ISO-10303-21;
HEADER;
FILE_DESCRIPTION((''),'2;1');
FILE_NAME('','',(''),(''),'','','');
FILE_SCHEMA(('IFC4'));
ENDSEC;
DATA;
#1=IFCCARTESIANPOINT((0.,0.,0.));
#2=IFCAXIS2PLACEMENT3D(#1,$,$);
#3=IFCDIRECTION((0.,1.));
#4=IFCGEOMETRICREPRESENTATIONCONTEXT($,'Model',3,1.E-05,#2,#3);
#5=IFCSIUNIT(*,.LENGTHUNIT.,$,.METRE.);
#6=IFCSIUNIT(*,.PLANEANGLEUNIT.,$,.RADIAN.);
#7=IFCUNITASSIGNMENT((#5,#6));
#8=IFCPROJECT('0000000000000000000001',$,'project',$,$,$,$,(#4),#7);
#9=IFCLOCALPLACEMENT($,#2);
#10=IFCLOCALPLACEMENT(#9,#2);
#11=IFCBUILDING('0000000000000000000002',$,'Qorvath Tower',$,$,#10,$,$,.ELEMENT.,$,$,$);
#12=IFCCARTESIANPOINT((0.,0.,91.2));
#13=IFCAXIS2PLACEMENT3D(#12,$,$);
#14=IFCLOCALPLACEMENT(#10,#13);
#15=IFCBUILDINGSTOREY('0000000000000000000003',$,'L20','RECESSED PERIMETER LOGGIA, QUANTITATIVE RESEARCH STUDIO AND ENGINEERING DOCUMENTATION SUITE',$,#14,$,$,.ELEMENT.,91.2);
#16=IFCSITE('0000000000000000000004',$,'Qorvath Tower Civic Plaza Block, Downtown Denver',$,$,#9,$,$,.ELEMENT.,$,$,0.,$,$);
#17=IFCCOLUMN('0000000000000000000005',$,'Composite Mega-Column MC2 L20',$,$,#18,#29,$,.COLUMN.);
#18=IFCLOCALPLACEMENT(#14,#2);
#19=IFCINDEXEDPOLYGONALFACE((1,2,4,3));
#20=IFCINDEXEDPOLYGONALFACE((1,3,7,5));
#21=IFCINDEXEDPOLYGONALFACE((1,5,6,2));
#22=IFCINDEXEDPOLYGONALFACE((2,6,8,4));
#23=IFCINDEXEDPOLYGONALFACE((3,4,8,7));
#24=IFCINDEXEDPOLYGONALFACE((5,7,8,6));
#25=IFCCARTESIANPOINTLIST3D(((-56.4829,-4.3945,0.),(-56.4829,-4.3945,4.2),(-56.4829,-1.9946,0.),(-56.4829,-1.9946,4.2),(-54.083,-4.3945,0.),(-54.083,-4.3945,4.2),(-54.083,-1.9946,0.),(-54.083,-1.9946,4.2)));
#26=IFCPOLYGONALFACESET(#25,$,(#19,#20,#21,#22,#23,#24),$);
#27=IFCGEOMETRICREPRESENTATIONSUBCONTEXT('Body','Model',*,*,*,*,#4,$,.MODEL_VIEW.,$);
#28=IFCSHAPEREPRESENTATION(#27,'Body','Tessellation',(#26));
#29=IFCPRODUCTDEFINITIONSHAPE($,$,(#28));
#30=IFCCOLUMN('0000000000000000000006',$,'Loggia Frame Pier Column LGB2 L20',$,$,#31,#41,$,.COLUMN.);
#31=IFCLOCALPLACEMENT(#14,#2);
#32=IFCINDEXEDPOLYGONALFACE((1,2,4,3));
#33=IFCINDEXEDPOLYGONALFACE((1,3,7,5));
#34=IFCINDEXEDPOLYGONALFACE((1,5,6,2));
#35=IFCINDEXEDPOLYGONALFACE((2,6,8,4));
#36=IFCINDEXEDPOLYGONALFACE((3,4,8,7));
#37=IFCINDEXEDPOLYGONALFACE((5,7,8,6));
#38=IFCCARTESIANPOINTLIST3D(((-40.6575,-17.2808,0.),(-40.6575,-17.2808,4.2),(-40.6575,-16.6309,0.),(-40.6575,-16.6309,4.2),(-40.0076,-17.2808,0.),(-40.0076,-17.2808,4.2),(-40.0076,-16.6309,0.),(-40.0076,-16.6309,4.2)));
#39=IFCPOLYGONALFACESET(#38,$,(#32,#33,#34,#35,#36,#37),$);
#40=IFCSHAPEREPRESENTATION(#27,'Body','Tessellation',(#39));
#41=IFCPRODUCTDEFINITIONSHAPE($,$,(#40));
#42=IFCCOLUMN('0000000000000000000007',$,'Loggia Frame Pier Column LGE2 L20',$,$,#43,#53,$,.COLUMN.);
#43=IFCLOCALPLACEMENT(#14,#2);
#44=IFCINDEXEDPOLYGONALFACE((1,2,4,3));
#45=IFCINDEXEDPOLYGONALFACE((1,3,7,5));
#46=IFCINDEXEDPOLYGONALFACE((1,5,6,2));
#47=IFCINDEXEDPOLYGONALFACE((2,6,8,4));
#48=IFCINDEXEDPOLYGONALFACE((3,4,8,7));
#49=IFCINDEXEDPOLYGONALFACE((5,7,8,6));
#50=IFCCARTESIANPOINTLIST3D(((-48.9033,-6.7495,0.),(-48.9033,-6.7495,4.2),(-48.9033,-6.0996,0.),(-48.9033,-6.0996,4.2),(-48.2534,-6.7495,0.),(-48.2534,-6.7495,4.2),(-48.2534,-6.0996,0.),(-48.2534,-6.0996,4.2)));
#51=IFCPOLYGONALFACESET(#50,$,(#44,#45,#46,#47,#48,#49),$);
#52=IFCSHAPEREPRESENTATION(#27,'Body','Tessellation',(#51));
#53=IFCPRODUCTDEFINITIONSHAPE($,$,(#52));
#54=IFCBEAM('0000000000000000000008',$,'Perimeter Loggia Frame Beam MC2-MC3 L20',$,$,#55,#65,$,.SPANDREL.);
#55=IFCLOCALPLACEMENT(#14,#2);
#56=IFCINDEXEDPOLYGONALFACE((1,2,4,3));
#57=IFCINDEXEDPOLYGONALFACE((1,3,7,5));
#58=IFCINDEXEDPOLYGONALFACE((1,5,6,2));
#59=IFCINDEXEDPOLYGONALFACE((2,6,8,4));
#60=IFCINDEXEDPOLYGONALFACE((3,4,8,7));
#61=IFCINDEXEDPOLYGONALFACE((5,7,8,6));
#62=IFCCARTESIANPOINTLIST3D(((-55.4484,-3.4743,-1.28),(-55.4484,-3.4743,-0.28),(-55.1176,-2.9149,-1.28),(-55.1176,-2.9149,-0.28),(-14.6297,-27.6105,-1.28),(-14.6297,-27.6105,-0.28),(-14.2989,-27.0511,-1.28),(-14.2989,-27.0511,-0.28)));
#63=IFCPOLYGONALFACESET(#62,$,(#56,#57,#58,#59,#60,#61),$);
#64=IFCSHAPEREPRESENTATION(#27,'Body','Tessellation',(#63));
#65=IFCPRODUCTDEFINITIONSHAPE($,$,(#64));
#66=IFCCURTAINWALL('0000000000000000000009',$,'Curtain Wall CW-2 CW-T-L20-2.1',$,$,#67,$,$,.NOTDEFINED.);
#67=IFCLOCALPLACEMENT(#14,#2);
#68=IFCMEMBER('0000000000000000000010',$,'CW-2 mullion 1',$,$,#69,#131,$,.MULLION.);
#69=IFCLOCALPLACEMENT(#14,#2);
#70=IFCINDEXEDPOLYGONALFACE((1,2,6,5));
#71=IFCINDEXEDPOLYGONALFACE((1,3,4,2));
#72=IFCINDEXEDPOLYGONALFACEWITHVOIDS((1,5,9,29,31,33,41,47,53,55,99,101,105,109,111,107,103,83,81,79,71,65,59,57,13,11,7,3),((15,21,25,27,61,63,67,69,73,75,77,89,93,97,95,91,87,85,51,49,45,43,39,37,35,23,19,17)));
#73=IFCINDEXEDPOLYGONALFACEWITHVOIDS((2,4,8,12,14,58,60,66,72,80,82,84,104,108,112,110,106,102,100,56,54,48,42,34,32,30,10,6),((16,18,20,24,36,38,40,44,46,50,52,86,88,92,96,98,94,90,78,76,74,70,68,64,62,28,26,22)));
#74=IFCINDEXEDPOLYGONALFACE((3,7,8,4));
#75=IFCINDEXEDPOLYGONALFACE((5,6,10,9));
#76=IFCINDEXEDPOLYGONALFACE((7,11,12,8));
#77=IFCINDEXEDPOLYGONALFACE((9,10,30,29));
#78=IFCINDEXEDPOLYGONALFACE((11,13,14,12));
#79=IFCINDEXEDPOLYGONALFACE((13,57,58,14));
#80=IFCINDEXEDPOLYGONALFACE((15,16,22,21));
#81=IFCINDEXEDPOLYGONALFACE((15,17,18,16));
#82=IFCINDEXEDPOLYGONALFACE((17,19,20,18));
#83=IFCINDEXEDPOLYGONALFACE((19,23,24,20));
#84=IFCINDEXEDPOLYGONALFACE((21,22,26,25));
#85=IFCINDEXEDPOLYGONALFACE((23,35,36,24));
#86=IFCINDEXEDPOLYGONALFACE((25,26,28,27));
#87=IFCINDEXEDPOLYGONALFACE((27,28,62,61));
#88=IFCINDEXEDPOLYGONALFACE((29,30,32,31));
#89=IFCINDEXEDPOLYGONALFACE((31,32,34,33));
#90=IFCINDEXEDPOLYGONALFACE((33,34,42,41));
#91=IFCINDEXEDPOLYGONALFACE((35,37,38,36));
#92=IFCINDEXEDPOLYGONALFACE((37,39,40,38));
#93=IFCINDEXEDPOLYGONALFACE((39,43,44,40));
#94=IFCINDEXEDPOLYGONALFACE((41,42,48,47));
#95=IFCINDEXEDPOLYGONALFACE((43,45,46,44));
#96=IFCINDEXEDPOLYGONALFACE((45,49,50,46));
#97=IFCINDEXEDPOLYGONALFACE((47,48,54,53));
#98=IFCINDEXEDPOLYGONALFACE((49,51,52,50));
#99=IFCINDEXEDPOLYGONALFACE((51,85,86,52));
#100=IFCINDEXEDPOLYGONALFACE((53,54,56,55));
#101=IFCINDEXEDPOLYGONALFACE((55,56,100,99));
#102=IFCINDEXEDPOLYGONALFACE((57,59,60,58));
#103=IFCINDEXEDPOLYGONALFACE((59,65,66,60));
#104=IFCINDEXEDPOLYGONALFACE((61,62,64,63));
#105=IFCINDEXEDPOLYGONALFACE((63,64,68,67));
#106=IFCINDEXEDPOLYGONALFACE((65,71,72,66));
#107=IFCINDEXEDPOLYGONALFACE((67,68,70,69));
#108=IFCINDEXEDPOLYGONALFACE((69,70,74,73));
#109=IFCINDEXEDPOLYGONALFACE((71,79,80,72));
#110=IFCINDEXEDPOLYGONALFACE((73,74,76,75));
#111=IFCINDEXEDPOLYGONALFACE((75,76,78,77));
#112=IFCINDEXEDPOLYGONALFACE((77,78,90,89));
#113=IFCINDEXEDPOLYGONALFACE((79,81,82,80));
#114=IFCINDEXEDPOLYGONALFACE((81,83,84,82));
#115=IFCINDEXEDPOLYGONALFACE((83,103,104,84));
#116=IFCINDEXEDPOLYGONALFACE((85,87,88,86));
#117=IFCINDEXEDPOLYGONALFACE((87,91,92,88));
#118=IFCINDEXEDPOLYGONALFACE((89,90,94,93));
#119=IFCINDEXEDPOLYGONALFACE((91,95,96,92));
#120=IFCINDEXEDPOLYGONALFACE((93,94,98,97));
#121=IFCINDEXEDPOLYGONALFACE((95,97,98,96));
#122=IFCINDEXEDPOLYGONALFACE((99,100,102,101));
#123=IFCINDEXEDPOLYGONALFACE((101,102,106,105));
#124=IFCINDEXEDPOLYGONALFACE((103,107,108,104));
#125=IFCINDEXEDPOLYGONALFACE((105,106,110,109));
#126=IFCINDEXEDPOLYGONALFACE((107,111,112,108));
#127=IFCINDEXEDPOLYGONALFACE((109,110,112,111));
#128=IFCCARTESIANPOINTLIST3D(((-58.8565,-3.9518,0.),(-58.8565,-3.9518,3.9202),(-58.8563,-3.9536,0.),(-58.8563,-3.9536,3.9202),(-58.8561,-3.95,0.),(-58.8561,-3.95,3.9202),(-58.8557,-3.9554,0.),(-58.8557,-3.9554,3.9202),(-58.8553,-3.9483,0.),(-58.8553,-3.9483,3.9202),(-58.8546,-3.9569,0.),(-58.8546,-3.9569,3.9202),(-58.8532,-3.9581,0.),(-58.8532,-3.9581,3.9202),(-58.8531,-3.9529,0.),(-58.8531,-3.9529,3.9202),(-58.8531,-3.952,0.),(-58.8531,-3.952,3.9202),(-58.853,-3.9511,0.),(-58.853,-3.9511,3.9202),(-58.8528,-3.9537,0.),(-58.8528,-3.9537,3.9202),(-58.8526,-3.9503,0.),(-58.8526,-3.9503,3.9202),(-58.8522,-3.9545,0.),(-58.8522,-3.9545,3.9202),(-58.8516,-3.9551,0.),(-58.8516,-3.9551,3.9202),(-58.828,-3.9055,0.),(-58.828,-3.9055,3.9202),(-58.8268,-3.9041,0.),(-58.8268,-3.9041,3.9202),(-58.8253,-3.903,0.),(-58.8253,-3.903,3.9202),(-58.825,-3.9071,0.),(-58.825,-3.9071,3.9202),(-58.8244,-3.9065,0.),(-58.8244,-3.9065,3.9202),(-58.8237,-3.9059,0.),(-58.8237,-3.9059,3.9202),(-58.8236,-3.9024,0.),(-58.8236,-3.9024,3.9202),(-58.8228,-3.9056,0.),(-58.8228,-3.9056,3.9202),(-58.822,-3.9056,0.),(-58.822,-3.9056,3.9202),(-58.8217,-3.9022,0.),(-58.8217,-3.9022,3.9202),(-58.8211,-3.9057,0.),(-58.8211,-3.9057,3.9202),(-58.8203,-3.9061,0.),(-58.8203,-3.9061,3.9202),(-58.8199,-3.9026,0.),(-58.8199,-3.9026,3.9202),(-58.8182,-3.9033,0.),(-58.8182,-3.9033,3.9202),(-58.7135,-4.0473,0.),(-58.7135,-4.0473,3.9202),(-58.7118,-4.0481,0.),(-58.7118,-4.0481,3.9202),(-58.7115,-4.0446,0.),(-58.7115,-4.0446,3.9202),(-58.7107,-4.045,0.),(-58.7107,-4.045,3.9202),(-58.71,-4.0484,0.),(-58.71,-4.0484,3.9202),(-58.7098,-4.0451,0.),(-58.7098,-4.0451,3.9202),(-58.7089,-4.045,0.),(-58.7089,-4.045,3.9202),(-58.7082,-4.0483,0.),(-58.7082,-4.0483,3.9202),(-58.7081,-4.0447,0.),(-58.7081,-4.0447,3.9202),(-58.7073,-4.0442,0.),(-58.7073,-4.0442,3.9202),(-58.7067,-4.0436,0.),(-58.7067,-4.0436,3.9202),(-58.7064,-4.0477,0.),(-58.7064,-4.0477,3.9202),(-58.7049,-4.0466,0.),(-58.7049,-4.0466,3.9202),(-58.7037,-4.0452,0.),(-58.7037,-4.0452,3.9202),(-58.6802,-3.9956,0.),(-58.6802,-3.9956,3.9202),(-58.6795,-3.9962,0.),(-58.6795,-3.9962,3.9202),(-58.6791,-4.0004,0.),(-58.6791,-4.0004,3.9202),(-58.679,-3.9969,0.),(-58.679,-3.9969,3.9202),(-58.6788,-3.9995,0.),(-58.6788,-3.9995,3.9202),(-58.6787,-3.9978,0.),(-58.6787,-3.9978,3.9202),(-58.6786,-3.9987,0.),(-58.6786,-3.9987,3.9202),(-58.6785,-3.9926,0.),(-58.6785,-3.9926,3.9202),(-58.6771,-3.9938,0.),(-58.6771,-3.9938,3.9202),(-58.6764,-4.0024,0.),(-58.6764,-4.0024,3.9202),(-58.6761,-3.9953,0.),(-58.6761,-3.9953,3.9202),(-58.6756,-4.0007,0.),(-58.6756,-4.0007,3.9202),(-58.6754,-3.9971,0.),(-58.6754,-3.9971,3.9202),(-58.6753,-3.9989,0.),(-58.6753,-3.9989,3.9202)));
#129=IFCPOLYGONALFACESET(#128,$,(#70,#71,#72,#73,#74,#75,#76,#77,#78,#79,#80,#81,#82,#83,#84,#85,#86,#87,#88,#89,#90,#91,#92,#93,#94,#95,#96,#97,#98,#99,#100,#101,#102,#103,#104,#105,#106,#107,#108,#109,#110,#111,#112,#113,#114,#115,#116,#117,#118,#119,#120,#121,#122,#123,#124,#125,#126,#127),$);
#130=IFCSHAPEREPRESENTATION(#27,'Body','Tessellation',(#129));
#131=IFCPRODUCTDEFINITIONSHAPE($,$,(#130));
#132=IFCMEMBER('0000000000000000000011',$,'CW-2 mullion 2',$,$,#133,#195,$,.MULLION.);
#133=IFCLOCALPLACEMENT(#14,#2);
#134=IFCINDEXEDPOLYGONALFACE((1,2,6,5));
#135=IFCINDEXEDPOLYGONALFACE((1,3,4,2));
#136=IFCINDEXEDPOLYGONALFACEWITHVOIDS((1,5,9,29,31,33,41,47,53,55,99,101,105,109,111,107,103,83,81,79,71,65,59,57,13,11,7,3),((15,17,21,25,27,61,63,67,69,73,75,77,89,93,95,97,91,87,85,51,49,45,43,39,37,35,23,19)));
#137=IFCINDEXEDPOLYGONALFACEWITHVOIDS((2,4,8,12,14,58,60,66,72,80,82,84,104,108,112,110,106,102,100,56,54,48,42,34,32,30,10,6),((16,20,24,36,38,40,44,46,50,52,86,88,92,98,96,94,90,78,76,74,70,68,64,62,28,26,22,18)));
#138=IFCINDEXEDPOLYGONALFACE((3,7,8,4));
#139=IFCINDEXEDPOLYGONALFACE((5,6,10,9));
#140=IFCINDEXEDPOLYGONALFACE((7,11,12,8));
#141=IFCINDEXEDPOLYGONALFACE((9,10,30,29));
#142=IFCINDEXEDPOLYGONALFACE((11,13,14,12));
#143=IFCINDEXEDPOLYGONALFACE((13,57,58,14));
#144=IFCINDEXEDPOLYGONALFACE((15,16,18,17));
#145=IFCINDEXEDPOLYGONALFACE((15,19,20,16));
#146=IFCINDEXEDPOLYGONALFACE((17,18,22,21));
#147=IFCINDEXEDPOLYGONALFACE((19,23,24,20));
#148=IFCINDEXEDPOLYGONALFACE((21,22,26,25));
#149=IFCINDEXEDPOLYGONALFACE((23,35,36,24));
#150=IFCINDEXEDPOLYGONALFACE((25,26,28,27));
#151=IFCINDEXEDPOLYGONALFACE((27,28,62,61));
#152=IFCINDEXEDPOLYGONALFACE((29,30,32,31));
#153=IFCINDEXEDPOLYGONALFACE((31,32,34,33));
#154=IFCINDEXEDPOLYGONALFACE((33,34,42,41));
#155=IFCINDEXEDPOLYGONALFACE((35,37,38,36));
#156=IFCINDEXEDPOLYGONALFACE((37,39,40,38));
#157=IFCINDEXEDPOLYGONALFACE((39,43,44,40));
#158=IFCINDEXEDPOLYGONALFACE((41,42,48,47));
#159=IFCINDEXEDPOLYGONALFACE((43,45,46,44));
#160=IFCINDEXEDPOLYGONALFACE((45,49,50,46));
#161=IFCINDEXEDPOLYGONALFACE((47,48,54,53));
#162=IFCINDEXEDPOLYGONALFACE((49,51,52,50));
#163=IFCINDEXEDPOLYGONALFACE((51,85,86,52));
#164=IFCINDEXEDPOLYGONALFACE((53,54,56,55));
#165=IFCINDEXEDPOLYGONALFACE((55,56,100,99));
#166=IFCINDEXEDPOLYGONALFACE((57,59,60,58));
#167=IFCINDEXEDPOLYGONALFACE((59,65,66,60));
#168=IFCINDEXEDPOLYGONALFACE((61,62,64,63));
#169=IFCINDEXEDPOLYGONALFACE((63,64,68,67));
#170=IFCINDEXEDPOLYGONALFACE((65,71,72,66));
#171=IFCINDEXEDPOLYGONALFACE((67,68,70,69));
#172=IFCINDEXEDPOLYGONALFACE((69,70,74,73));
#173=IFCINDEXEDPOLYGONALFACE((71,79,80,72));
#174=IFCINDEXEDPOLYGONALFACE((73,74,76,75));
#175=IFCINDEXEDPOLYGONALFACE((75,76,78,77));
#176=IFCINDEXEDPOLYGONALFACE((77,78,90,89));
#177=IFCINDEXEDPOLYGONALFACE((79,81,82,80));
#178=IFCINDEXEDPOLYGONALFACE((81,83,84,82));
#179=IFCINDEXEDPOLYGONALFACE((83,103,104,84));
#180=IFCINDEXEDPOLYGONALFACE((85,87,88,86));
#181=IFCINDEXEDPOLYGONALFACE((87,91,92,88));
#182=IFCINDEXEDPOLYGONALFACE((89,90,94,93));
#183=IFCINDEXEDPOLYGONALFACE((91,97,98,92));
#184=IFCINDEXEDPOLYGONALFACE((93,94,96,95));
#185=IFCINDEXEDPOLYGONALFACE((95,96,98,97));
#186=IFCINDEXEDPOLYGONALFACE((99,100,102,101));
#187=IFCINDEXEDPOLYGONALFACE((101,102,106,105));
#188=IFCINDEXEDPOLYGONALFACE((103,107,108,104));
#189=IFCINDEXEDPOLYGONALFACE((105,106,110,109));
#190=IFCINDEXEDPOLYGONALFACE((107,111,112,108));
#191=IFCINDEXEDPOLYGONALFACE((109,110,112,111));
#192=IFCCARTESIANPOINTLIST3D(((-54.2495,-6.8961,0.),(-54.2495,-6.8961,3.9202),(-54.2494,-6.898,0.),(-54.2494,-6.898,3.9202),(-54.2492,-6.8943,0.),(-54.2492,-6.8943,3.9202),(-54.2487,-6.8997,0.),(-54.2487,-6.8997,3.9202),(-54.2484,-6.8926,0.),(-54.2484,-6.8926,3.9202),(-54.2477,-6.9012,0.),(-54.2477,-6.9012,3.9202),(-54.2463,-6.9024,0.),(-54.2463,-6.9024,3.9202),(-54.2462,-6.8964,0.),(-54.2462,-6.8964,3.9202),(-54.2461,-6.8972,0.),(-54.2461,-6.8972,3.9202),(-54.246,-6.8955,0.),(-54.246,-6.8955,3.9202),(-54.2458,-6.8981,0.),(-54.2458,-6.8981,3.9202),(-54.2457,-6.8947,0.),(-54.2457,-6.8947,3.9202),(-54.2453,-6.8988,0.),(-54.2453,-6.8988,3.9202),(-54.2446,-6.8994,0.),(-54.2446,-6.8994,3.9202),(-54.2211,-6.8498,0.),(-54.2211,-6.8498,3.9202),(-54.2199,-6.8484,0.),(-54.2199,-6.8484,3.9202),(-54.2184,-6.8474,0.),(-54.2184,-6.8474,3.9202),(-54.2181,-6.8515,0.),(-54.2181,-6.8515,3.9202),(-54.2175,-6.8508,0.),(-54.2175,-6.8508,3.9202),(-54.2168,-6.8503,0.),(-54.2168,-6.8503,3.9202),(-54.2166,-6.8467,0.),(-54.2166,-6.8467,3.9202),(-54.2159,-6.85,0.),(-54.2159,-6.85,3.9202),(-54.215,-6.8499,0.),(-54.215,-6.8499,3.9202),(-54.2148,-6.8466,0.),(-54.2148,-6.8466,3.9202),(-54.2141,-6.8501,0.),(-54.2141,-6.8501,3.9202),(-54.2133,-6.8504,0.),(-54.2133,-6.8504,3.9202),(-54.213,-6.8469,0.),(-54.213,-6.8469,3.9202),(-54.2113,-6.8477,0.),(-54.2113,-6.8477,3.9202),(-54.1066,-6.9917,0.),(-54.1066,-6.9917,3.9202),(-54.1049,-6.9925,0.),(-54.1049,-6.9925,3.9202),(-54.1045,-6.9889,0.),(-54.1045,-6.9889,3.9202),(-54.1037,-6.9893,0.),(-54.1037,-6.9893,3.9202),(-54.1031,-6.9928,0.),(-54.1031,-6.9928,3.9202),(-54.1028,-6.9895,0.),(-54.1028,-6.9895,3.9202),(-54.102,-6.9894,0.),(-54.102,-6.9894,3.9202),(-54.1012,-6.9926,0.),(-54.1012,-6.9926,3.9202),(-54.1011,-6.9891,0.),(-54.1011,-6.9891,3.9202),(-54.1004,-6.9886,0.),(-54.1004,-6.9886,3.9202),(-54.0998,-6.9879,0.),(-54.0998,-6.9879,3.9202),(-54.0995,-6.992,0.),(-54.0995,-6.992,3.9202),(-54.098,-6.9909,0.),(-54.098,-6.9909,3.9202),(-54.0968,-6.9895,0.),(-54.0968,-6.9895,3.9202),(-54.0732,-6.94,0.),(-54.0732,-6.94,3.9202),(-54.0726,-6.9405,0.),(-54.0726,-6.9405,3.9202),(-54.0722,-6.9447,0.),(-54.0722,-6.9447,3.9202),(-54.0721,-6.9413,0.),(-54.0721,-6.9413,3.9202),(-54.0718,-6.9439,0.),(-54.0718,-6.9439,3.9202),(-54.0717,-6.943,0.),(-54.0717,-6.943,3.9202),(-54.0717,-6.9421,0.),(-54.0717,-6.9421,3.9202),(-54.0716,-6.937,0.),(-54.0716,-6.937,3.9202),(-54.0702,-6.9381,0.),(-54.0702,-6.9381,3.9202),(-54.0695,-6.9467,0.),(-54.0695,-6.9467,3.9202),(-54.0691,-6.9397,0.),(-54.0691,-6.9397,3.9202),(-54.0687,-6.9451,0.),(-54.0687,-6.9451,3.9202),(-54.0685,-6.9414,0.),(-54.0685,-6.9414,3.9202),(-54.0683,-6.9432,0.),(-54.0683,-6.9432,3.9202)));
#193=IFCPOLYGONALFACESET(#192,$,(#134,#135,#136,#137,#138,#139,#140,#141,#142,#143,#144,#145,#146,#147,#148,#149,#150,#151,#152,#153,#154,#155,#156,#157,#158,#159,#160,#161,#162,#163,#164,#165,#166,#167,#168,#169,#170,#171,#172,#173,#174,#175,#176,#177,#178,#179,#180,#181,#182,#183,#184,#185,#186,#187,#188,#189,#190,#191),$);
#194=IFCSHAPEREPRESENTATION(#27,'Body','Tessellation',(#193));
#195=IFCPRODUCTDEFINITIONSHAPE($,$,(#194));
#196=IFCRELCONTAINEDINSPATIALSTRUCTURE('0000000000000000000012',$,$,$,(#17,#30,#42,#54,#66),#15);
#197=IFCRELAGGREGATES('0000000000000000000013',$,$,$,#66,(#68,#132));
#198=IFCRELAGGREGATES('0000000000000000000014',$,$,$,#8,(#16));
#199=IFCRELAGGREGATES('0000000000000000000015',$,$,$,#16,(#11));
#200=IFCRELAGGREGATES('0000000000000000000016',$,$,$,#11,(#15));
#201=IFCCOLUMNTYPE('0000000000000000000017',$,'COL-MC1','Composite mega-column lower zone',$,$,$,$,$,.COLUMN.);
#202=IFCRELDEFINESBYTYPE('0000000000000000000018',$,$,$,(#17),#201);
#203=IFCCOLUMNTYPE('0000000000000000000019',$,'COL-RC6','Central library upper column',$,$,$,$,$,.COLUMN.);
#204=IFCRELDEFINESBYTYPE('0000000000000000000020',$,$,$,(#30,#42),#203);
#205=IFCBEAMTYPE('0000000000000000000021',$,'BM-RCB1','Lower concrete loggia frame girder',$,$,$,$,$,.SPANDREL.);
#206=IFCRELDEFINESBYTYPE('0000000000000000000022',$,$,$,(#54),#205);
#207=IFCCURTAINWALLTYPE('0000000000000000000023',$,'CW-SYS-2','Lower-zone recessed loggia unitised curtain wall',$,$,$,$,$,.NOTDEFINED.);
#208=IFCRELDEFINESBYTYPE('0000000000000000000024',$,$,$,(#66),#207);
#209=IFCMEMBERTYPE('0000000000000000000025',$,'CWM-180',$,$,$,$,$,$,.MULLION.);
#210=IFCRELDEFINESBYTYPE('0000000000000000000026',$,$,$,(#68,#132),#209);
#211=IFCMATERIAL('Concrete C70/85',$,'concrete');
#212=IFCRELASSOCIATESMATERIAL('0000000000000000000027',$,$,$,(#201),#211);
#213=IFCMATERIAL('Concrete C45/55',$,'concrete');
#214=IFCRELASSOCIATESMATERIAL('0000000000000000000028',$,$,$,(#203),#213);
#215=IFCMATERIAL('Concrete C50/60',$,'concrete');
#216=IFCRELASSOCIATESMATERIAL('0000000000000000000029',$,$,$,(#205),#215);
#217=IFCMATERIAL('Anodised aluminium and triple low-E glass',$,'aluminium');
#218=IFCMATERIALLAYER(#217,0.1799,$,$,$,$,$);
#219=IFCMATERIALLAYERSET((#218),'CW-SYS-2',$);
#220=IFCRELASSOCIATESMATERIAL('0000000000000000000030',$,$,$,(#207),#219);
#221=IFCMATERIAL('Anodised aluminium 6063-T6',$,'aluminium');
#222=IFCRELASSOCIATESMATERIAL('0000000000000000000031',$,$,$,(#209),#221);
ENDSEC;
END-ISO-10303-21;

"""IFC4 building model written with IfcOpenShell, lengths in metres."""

from ifc_helpers import new_model, si_unit, direction, frame, origin, origin_2d, place, context, subcontext, project, spatial, rectangle, hollow_rectangle, extrude, material, layer, layer_set, material_profile, profile_set, type_object, element, aggregate, save


model = new_model("IFC4")

# Units and contexts
model_context = context("Model", 3, precision=1e-05, world=origin(), true_north=direction((0.0, 1.0)))
body_context = subcontext(model_context, "Body", "Model", "MODEL_VIEW")
ifc_project = project(units=[si_unit("LENGTHUNIT", "METRE"), si_unit("PLANEANGLEUNIT", "RADIAN")], contexts=[model_context])

# Site, building, storey
site_placement = place(None, origin())
site = spatial("IfcSite", under=ifc_project, at=site_placement, Name="Qorvath Tower Civic Plaza Block, Downtown Denver", CompositionType="ELEMENT", RefElevation=0.0)
building_placement = place(site_placement, origin())
building = spatial("IfcBuilding", under=site, at=building_placement, Name="Qorvath Tower", CompositionType="ELEMENT")
storey_placement = place(building_placement, frame((0.0, 0.0, 91.2)))
storey = spatial("IfcBuildingStorey", under=building, at=storey_placement, Name="L20", Description="RECESSED PERIMETER LOGGIA, QUANTITATIVE RESEARCH STUDIO AND ENGINEERING DOCUMENTATION SUITE", CompositionType="ELEMENT", Elevation=91.2)

# Columns
ifc_material_1 = material(Name="Concrete C70/85", Category="concrete")
ifc_material_profile_1 = material_profile(ifc_material_1, rectangle(XDim=2.3999, YDim=2.3999, at=origin_2d()), Name="MC 2400x2400")
ifc_profile_set_1 = profile_set([ifc_material_profile_1], Name="Concrete C70/85")
column_type_1 = type_object("IfcColumnType", Name="COL-MC1", Description="Composite mega-column lower zone", PredefinedType="COLUMN", material=ifc_profile_set_1)
column_placement = place(storey_placement, frame((-55.283, -3.1946, 0.0), z_axis=(0.0, 0.0, 1.0), x_axis=(1.0, 0.0, 0.0)))
element("IfcColumn", 1, at=column_placement, inside=storey, type_object=column_type_1, Name="Composite Mega-Column MC2 L20", PredefinedType="COLUMN", context=body_context, shape_type="SweptSolid", body=[
    extrude(rectangle(XDim=2.3999, YDim=2.3999, at=origin_2d()), origin(), (0.0, 0.0, 1.0), 4.2),
])
ifc_material_2 = material(Name="Concrete C45/55", Category="concrete")
ifc_material_profile_2 = material_profile(ifc_material_2, rectangle(XDim=0.6499, YDim=0.6499, at=origin_2d()), Name="RC 650x650")
ifc_profile_set_2 = profile_set([ifc_material_profile_2], Name="Concrete C45/55")
column_type_2 = type_object("IfcColumnType", Name="COL-RC6", Description="Central library upper column", PredefinedType="COLUMN", material=ifc_profile_set_2)
for number, where, z_axis, x_axis, name in (
    (2, (-40.3325, -16.9558, 0.0), (0.0, 0.0, 1.0), (1.0, 0.0, 0.0), "Loggia Frame Pier Column LGB2 L20"),
    (3, (-48.5784, -6.4246, 0.0), (0.0, 0.0, 1.0), (1.0, 0.0, 0.0), "Loggia Frame Pier Column LGE2 L20"),
):
    element("IfcColumn", number, at=place(storey_placement, frame(where, z_axis=z_axis, x_axis=x_axis)), inside=storey, type_object=column_type_2, Name=name, PredefinedType="COLUMN", context=body_context, shape_type="SweptSolid", body=[
        extrude(rectangle(XDim=0.6499, YDim=0.6499, at=origin_2d()), origin(), (0.0, 0.0, 1.0), 4.2),
    ])

# Beam
ifc_material_3 = material(Name="Concrete C50/60", Category="concrete")
ifc_material_profile_3 = material_profile(ifc_material_3, rectangle(XDim=0.6499, YDim=1.0, at=origin_2d()), Name="RCB 1000x650")
ifc_profile_set_3 = profile_set([ifc_material_profile_3], Name="Concrete C50/60")
beam_type = type_object("IfcBeamType", Name="BM-RCB1", Description="Lower concrete loggia frame girder", PredefinedType="SPANDREL", material=ifc_profile_set_3)
beam_placement = place(storey_placement, frame((-55.283, -3.1946, -0.78), z_axis=(0.860777, -0.508982, 0.0), x_axis=(0.508982, 0.860777, 0.0)))
element("IfcBeam", 4, at=beam_placement, inside=storey, type_object=beam_type, Name="Perimeter Loggia Frame Beam MC2-MC3 L20", PredefinedType="SPANDREL", context=body_context, shape_type="SweptSolid", body=[
    extrude(rectangle(XDim=0.6499, YDim=1.0, at=origin_2d()), origin(), (0.0, 0.0, 1.0), 47.4207),
])

# Curtain wall, members
ifc_material_4 = material(Name="Anodised aluminium and triple low-E glass", Category="aluminium")
ifc_layer_1 = layer(ifc_material_4, 0.1799)
ifc_layer_set_1 = layer_set([ifc_layer_1], Name="CW-SYS-2")
curtain_wall_type = type_object("IfcCurtainWallType", Name="CW-SYS-2", Description="Lower-zone recessed loggia unitised curtain wall", PredefinedType="NOTDEFINED", material=ifc_layer_set_1)
curtain_wall_placement = place(storey_placement, origin())
curtain_wall = element("IfcCurtainWall", 5, at=curtain_wall_placement, inside=storey, type_object=curtain_wall_type, Name="Curtain Wall CW-2 CW-T-L20-2.1", PredefinedType="NOTDEFINED")
ifc_material_5 = material(Name="Anodised aluminium 6063-T6", Category="aluminium")
ifc_material_profile_4 = material_profile(ifc_material_5, hollow_rectangle(XDim=0.0649, YDim=0.1799, WallThickness=0.0034, InnerFilletRadius=0.0034, OuterFilletRadius=0.0071, at=origin_2d()), Name="CWM 180x65")
ifc_profile_set_4 = profile_set([ifc_material_profile_4], Name="Anodised aluminium 6063-T6")
member_type_1 = type_object("IfcMemberType", Name="CWM-180", PredefinedType="MULLION", material=ifc_profile_set_4)
member_1_placement = place(storey_placement, frame((-58.7659, -3.9753, 0.0), z_axis=(0.0, 0.0, 1.0), x_axis=(0.538529, 0.842607, 0.0)))
member_1 = element("IfcMember", 6, at=member_1_placement, type_object=member_type_1, Name="CW-2 mullion 1", PredefinedType="MULLION", context=body_context, shape_type="SweptSolid", body=[
    extrude(hollow_rectangle(XDim=0.0649, YDim=0.1799, WallThickness=0.0034, InnerFilletRadius=0.0034, OuterFilletRadius=0.0071, at=origin_2d()), origin(), (0.0, 0.0, 1.0), 3.9202),
])
member_2_placement = place(storey_placement, frame((-54.1589, -6.9197, 0.0), z_axis=(0.0, 0.0, 1.0), x_axis=(0.538529, 0.842607, 0.0)))
member_2 = element("IfcMember", 7, at=member_2_placement, type_object=member_type_1, Name="CW-2 mullion 2", PredefinedType="MULLION", context=body_context, shape_type="SweptSolid", body=[
    extrude(hollow_rectangle(XDim=0.0649, YDim=0.1799, WallThickness=0.0034, InnerFilletRadius=0.0034, OuterFilletRadius=0.0071, at=origin_2d()), origin(), (0.0, 0.0, 1.0), 3.9202),
])
aggregate(curtain_wall, [member_1, member_2])

save(model, "model.ifc")
